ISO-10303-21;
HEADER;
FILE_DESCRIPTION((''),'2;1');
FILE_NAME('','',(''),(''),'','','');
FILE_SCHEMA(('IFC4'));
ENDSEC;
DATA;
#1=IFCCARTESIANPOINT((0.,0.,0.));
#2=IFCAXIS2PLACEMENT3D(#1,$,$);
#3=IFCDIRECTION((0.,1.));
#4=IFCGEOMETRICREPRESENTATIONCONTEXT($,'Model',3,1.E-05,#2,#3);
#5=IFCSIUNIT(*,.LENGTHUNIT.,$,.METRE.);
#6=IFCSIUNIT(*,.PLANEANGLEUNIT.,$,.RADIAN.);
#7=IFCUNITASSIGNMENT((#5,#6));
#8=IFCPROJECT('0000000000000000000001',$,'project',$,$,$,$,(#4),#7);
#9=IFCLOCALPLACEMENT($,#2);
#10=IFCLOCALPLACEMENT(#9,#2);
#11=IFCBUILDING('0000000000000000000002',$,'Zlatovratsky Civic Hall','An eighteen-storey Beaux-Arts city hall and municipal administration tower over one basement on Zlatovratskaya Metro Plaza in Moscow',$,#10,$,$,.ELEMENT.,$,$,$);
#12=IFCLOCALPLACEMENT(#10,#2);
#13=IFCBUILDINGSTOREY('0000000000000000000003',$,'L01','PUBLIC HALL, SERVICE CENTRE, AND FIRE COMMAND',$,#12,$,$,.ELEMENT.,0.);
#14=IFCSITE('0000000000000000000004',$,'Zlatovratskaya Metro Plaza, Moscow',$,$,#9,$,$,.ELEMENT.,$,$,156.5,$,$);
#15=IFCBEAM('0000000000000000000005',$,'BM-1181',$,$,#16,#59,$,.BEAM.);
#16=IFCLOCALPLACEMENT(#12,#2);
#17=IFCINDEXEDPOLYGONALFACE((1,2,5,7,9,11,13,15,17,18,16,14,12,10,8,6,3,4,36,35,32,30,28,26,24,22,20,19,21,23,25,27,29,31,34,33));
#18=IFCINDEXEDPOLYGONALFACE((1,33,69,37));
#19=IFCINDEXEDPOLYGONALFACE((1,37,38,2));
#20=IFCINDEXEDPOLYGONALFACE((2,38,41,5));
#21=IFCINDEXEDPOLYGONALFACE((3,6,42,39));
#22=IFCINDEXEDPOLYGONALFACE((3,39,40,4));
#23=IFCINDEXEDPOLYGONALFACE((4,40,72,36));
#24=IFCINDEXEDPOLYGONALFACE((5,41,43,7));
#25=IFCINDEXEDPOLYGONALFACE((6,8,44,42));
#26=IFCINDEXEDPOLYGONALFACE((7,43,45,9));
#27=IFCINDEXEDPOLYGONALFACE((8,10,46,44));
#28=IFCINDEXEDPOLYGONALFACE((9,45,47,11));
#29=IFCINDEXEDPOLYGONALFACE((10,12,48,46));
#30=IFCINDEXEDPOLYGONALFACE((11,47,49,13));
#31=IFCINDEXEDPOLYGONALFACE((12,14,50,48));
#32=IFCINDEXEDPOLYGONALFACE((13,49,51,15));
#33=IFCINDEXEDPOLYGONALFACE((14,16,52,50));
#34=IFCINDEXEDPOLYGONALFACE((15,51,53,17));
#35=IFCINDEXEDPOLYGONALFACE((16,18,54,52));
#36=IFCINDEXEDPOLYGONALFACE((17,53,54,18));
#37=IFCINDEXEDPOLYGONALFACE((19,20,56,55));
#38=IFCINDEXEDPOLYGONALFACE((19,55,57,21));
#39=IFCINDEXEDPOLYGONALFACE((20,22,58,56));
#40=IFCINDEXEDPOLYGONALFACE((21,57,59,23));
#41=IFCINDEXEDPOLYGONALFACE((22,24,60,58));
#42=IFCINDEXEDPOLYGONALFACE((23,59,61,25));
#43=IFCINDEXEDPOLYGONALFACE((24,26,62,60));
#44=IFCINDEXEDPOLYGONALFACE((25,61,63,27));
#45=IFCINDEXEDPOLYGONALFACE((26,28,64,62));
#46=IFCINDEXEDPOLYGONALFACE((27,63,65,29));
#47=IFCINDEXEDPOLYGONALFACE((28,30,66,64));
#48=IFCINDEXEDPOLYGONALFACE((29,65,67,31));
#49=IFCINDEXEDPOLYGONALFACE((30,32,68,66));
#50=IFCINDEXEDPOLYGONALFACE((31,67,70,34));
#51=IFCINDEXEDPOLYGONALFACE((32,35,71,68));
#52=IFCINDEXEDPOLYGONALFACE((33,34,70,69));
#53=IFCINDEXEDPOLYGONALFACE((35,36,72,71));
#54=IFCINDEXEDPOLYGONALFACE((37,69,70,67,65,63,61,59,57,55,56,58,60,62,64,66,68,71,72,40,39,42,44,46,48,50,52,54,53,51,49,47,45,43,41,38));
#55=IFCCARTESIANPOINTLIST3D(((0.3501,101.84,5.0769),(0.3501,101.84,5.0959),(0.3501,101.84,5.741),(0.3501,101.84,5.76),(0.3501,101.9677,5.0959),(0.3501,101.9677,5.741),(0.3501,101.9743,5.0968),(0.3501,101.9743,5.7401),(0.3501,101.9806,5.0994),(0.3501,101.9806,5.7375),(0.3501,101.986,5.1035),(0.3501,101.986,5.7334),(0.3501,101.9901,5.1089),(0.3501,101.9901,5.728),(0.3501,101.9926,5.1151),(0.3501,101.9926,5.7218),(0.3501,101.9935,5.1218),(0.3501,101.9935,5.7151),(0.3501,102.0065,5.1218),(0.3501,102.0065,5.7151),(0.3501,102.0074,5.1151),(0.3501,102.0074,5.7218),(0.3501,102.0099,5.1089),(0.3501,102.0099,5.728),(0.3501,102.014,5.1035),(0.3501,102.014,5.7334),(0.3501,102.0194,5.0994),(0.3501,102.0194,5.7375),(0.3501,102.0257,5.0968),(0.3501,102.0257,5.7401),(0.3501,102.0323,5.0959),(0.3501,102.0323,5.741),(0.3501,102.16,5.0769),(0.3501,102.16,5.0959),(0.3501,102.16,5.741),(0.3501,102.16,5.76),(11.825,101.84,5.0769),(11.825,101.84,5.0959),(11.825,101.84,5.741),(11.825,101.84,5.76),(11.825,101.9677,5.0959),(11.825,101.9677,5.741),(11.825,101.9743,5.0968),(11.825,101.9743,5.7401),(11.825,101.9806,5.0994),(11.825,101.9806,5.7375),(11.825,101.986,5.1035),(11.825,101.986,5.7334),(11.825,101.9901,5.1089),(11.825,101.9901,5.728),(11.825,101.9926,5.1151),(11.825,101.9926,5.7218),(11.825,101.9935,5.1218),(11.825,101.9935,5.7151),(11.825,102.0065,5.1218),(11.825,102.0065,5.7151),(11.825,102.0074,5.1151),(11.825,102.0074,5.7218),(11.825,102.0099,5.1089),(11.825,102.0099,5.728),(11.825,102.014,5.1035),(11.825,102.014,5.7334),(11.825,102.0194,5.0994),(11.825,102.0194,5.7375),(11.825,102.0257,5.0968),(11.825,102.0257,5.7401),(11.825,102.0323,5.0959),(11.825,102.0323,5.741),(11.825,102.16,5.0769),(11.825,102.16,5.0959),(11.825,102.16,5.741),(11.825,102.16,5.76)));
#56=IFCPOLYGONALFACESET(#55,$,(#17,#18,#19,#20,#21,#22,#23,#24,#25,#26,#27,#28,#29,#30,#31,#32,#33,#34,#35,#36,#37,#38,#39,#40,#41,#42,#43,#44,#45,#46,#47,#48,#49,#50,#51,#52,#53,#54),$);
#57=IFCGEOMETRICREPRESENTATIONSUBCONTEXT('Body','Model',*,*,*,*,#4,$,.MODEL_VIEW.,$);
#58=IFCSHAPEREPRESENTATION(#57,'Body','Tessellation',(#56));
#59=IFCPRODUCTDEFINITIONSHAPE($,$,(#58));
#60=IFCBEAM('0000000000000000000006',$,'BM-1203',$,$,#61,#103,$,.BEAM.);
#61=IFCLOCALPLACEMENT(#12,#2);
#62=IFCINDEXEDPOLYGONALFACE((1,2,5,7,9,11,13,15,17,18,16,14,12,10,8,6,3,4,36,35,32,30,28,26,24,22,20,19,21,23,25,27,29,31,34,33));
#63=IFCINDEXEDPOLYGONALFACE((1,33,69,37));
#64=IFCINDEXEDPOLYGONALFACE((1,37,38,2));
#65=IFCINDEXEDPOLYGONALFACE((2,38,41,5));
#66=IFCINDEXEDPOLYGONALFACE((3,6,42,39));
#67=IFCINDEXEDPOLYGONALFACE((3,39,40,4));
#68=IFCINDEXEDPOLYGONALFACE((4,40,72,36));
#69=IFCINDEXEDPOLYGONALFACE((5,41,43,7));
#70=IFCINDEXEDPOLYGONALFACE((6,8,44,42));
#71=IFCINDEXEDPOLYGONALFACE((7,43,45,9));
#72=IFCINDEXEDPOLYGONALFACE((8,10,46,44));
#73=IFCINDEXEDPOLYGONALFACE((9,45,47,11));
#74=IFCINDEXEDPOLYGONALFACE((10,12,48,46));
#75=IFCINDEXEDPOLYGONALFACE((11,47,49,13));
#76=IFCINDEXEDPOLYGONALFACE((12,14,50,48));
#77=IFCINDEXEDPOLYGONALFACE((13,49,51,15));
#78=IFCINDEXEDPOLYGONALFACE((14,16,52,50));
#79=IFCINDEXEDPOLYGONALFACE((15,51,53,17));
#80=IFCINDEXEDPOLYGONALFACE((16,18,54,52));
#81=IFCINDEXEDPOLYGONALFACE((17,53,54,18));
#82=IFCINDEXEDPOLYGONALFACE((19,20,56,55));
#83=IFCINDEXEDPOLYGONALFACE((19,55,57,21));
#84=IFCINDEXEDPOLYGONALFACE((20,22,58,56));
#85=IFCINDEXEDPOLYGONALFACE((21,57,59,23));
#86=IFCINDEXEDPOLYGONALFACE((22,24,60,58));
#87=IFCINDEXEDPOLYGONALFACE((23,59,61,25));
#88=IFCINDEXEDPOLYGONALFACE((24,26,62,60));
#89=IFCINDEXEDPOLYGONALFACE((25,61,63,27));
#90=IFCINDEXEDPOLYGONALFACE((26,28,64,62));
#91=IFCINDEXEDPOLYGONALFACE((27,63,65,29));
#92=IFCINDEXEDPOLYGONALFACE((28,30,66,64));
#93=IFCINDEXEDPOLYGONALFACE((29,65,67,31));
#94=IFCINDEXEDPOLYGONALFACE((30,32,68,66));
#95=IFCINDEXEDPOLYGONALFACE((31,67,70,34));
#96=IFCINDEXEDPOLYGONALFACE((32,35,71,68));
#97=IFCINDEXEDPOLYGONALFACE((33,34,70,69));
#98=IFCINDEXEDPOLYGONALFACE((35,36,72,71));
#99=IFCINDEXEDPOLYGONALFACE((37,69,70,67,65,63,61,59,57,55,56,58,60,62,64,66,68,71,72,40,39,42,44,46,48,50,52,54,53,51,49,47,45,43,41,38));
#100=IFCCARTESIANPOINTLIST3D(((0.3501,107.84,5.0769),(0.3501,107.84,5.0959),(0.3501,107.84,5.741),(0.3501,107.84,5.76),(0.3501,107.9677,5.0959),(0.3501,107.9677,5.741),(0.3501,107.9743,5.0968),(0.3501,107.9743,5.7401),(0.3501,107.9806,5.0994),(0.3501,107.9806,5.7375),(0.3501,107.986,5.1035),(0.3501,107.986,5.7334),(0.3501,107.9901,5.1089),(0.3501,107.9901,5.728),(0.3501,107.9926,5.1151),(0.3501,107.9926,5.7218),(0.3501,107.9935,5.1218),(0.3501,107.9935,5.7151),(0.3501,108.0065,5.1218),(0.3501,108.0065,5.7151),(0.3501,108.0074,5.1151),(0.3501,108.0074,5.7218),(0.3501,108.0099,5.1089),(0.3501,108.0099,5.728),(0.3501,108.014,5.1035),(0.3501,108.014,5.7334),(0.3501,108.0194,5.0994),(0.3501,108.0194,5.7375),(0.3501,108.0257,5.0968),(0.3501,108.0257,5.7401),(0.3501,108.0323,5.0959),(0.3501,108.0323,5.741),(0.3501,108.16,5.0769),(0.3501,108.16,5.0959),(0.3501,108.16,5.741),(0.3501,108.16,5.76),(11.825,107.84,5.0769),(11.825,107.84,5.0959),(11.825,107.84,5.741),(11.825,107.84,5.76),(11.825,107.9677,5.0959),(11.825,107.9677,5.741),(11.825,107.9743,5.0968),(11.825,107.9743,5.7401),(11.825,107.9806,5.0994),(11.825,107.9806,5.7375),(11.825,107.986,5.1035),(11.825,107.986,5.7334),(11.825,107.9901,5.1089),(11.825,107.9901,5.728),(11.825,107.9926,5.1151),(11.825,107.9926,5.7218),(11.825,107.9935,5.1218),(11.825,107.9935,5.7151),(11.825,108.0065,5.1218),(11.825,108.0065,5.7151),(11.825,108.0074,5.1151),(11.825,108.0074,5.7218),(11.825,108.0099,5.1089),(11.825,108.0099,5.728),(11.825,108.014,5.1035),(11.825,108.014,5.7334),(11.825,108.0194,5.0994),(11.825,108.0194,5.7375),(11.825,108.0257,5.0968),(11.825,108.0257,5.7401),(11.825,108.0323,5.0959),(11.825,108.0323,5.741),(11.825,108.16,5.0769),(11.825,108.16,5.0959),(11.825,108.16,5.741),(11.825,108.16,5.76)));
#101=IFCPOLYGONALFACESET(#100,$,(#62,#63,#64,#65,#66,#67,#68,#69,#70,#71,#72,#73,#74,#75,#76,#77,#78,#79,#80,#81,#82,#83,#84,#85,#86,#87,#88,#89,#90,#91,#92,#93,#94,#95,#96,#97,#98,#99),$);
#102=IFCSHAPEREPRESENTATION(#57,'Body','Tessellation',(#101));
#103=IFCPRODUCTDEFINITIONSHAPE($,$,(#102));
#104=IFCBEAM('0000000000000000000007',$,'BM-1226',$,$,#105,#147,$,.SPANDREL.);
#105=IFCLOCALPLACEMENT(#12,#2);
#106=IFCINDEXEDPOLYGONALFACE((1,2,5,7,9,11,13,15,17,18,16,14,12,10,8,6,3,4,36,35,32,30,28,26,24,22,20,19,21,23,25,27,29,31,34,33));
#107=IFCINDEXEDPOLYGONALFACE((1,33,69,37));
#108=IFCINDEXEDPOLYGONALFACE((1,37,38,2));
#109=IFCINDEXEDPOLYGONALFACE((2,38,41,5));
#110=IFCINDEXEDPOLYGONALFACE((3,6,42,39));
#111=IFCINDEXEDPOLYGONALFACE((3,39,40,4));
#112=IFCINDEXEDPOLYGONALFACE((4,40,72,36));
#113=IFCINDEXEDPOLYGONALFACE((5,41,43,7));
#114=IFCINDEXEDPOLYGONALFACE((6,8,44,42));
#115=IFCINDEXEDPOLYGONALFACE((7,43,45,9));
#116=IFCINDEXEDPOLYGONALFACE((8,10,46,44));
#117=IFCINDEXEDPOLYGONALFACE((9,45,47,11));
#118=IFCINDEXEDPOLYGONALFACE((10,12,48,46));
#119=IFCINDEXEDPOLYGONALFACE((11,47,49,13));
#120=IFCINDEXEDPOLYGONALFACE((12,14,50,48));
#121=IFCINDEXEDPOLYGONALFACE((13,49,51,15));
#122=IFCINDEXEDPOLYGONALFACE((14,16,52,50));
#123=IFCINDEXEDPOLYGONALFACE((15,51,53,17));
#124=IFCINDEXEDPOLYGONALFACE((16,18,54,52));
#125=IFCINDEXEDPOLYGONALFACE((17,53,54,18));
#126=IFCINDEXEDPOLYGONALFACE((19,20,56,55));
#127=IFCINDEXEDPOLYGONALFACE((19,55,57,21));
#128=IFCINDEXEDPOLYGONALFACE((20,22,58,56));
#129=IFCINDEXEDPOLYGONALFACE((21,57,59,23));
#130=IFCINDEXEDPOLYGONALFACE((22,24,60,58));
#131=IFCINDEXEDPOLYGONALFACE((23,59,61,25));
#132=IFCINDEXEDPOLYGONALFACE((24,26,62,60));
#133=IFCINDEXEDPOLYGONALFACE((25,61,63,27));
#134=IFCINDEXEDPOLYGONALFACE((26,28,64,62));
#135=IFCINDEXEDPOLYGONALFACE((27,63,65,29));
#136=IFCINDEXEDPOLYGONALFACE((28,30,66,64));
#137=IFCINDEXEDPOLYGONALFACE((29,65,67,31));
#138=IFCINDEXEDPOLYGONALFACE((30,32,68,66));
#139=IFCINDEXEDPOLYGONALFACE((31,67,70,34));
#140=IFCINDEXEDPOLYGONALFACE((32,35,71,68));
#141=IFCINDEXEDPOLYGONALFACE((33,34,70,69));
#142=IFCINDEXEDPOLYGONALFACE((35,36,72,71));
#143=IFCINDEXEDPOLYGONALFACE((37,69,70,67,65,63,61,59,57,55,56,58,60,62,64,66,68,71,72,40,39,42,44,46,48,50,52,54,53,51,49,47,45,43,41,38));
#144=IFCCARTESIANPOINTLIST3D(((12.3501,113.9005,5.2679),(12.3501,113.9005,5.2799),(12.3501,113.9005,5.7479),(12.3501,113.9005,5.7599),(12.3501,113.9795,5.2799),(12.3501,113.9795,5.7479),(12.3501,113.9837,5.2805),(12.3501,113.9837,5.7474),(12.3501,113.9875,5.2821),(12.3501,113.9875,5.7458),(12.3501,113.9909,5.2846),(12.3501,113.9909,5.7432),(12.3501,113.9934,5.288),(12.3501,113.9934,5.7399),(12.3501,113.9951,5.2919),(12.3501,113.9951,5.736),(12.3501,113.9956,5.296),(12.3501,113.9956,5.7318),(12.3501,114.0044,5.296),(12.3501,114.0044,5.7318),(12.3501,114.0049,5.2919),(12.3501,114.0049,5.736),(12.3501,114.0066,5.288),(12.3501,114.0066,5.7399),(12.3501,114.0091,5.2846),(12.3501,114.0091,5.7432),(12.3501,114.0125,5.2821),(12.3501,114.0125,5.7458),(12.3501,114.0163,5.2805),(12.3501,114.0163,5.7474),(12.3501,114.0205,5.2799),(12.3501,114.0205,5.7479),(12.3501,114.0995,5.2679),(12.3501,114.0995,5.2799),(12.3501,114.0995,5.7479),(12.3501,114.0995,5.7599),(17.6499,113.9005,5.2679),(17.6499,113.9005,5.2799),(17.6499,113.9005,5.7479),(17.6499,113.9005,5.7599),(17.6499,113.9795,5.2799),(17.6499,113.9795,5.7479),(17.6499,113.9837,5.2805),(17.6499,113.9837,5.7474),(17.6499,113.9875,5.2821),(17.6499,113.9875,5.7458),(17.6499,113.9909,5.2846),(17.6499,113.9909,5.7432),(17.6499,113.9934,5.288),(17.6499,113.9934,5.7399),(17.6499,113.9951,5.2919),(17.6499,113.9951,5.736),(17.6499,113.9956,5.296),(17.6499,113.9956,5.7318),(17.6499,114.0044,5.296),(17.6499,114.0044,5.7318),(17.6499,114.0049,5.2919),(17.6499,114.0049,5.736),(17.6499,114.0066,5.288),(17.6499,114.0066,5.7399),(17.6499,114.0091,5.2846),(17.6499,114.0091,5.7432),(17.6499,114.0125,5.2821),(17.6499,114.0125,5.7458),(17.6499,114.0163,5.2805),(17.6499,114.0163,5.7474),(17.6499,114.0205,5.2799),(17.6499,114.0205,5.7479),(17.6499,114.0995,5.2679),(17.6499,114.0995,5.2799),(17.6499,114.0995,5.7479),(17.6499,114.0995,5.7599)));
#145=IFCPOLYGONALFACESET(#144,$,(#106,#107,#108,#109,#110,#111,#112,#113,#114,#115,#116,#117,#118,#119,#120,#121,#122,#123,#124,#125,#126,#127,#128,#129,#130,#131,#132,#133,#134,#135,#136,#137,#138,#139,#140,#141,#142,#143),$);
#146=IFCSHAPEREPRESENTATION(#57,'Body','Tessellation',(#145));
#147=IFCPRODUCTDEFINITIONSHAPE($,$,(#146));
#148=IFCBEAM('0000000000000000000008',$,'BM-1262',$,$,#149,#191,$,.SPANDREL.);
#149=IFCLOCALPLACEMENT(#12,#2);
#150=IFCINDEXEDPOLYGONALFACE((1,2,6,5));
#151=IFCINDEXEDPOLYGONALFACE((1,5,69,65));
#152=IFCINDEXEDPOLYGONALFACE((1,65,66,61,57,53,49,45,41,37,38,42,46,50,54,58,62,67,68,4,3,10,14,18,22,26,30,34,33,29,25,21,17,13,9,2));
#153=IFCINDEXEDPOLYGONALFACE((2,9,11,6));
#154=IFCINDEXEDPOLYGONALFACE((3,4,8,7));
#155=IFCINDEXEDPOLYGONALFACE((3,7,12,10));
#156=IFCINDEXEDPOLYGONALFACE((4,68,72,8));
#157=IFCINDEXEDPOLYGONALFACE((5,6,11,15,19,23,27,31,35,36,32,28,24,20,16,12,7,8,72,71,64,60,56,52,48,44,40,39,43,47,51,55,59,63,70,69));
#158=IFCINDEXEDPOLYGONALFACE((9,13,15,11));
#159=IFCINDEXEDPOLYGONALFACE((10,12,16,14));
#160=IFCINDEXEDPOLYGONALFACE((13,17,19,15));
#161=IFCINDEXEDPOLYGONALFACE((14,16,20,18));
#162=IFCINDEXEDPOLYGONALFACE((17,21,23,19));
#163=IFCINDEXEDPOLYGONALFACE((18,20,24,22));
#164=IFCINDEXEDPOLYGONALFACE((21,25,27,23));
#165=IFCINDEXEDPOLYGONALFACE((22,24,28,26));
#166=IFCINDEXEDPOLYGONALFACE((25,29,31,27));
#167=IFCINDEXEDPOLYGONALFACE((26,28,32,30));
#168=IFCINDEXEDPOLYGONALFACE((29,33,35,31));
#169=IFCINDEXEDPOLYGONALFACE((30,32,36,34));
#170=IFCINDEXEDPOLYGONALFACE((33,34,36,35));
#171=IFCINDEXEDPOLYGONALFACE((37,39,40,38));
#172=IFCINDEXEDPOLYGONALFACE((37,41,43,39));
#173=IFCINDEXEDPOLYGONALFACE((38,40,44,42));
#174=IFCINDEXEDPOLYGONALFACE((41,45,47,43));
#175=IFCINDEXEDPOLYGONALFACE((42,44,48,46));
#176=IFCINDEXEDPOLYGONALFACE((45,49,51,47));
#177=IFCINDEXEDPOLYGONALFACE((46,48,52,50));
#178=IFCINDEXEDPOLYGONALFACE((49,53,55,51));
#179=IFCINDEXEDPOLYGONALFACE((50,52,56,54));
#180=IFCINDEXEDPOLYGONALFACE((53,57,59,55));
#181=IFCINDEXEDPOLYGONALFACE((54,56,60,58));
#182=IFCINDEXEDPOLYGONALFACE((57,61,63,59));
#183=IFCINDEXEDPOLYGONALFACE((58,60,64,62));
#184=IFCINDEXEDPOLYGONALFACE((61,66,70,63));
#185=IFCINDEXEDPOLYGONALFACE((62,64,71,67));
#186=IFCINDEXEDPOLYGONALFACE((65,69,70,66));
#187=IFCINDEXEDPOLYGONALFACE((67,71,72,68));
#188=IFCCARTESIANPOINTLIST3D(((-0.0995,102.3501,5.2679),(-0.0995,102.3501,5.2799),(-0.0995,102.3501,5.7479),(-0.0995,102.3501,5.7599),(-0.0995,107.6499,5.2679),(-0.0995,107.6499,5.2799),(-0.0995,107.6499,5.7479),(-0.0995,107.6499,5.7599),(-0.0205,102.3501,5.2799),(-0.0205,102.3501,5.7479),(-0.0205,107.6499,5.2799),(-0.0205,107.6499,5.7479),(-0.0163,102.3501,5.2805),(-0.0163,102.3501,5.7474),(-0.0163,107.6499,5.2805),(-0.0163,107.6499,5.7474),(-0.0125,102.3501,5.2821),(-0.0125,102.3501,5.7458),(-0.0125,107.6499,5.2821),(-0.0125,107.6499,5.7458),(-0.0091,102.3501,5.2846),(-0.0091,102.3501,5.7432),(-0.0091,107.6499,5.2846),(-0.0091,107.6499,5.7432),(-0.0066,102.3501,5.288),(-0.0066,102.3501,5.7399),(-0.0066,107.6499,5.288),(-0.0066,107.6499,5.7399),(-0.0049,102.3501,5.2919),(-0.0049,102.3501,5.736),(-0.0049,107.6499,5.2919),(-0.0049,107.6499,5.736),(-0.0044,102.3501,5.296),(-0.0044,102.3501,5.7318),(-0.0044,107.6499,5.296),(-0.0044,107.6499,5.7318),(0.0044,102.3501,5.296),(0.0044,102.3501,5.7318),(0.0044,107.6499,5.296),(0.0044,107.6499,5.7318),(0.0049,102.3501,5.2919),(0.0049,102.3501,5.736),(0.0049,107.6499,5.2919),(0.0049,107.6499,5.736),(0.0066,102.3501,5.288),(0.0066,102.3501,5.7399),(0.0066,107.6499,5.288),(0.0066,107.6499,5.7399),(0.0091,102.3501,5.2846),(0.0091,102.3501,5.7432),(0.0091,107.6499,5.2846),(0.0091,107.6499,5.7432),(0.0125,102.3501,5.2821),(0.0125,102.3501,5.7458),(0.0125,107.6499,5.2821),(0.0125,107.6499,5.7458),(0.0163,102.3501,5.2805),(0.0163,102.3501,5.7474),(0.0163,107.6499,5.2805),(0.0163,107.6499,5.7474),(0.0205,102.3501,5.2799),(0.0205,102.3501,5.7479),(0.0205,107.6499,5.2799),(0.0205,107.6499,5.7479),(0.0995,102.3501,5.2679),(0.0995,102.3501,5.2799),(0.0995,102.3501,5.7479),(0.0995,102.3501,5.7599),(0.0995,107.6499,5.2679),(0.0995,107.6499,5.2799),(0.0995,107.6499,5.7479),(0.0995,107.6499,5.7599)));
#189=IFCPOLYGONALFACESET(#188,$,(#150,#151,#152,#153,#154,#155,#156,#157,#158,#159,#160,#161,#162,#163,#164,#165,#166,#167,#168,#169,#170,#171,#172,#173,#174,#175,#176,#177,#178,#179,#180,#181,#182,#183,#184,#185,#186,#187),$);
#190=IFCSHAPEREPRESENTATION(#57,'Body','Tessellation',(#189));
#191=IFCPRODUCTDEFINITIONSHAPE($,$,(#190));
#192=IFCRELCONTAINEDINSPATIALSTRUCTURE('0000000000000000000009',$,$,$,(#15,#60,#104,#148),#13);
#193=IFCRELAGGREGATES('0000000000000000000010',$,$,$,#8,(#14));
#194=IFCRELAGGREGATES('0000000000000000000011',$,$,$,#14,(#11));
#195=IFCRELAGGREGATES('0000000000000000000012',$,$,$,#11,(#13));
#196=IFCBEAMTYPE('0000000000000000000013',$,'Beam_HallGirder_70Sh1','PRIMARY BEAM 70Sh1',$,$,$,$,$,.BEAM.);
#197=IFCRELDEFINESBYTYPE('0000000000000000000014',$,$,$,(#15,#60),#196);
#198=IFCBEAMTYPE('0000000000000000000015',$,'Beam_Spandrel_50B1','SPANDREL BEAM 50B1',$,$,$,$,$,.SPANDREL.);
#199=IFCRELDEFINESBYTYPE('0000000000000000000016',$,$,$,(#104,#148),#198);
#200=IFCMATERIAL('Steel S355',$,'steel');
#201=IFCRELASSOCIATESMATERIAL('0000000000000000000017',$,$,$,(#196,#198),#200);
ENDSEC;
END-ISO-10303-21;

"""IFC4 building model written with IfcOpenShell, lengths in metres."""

from ifc_helpers import new_model, si_unit, direction, frame, origin, origin_2d, place, context, subcontext, project, spatial, i_section, extrude, material, material_profile, profile_set, type_object, element, save


model = new_model("IFC4")

# Units and contexts
model_context = context("Model", 3, precision=1e-05, world=origin(), true_north=direction((0.0, 1.0)))
body_context = subcontext(model_context, "Body", "Model", "MODEL_VIEW")
ifc_project = project(units=[si_unit("LENGTHUNIT", "METRE"), si_unit("PLANEANGLEUNIT", "RADIAN")], contexts=[model_context])

# Site, building, storey
site_placement = place(None, origin())
site = spatial("IfcSite", under=ifc_project, at=site_placement, Name="Zlatovratskaya Metro Plaza, Moscow", CompositionType="ELEMENT", RefElevation=156.5)
building_placement = place(site_placement, origin())
building = spatial("IfcBuilding", under=site, at=building_placement, Name="Zlatovratsky Civic Hall", Description="An eighteen-storey Beaux-Arts city hall and municipal administration tower over one basement on Zlatovratskaya Metro Plaza in Moscow", CompositionType="ELEMENT")
storey_placement = place(building_placement, origin())
storey = spatial("IfcBuildingStorey", under=building, at=storey_placement, Name="L01", Description="PUBLIC HALL, SERVICE CENTRE, AND FIRE COMMAND", CompositionType="ELEMENT", Elevation=0.0)

# Shared definitions
ifc_material_1 = material(Name="Steel S355", Category="steel")

# Beams
ifc_material_profile_1 = material_profile(ifc_material_1, i_section(OverallWidth=0.3201, OverallDepth=0.6831, WebThickness=0.0129, FlangeThickness=0.019, FilletRadius=0.0259, at=origin_2d()), Name="70Sh1")
ifc_profile_set_1 = profile_set([ifc_material_profile_1], Name="Steel S355")
beam_type_1 = type_object("IfcBeamType", Name="Beam_HallGirder_70Sh1", Description="PRIMARY BEAM 70Sh1", PredefinedType="BEAM", material=ifc_profile_set_1)
for number, where, z_axis, x_axis, name in (
    (1, (0.3501, 102.0, 5.4185), (1.0, 0.0, 0.0), (0.0, 1.0, 0.0), "BM-1181"),
    (2, (0.3501, 108.0, 5.4185), (1.0, 0.0, 0.0), (0.0, 1.0, 0.0), "BM-1203"),
):
    element("IfcBeam", number, at=place(storey_placement, frame(where, z_axis=z_axis, x_axis=x_axis)), inside=storey, type_object=beam_type_1, Name=name, PredefinedType="BEAM", context=body_context, shape_type="SweptSolid", body=[
        extrude(i_section(OverallWidth=0.3201, OverallDepth=0.6831, WebThickness=0.0129, FlangeThickness=0.019, FilletRadius=0.0259, at=origin_2d()), origin(), (0.0, 0.0, 1.0), 11.4749),
    ])
ifc_material_profile_2 = material_profile(ifc_material_1, i_section(OverallWidth=0.199, OverallDepth=0.4919, WebThickness=0.0088, FlangeThickness=0.012, FilletRadius=0.0161, at=origin_2d()), Name="50B1")
ifc_profile_set_2 = profile_set([ifc_material_profile_2], Name="Steel S355")
beam_type_2 = type_object("IfcBeamType", Name="Beam_Spandrel_50B1", Description="SPANDREL BEAM 50B1", PredefinedType="SPANDREL", material=ifc_profile_set_2)
for number, where, z_axis, x_axis, name in (
    (3, (12.3501, 114.0, 5.5139), (1.0, 0.0, 0.0), (0.0, 1.0, 0.0), "BM-1226"),
    (4, (0.0, 102.3501, 5.5139), (0.0, 1.0, 0.0), (-1.0, 0.0, 0.0), "BM-1262"),
):
    element("IfcBeam", number, at=place(storey_placement, frame(where, z_axis=z_axis, x_axis=x_axis)), inside=storey, type_object=beam_type_2, Name=name, PredefinedType="SPANDREL", context=body_context, shape_type="SweptSolid", body=[
        extrude(i_section(OverallWidth=0.199, OverallDepth=0.4919, WebThickness=0.0088, FlangeThickness=0.012, FilletRadius=0.0161, at=origin_2d()), origin(), (0.0, 0.0, 1.0), 5.2998),
    ])

save(model, "model.ifc")
